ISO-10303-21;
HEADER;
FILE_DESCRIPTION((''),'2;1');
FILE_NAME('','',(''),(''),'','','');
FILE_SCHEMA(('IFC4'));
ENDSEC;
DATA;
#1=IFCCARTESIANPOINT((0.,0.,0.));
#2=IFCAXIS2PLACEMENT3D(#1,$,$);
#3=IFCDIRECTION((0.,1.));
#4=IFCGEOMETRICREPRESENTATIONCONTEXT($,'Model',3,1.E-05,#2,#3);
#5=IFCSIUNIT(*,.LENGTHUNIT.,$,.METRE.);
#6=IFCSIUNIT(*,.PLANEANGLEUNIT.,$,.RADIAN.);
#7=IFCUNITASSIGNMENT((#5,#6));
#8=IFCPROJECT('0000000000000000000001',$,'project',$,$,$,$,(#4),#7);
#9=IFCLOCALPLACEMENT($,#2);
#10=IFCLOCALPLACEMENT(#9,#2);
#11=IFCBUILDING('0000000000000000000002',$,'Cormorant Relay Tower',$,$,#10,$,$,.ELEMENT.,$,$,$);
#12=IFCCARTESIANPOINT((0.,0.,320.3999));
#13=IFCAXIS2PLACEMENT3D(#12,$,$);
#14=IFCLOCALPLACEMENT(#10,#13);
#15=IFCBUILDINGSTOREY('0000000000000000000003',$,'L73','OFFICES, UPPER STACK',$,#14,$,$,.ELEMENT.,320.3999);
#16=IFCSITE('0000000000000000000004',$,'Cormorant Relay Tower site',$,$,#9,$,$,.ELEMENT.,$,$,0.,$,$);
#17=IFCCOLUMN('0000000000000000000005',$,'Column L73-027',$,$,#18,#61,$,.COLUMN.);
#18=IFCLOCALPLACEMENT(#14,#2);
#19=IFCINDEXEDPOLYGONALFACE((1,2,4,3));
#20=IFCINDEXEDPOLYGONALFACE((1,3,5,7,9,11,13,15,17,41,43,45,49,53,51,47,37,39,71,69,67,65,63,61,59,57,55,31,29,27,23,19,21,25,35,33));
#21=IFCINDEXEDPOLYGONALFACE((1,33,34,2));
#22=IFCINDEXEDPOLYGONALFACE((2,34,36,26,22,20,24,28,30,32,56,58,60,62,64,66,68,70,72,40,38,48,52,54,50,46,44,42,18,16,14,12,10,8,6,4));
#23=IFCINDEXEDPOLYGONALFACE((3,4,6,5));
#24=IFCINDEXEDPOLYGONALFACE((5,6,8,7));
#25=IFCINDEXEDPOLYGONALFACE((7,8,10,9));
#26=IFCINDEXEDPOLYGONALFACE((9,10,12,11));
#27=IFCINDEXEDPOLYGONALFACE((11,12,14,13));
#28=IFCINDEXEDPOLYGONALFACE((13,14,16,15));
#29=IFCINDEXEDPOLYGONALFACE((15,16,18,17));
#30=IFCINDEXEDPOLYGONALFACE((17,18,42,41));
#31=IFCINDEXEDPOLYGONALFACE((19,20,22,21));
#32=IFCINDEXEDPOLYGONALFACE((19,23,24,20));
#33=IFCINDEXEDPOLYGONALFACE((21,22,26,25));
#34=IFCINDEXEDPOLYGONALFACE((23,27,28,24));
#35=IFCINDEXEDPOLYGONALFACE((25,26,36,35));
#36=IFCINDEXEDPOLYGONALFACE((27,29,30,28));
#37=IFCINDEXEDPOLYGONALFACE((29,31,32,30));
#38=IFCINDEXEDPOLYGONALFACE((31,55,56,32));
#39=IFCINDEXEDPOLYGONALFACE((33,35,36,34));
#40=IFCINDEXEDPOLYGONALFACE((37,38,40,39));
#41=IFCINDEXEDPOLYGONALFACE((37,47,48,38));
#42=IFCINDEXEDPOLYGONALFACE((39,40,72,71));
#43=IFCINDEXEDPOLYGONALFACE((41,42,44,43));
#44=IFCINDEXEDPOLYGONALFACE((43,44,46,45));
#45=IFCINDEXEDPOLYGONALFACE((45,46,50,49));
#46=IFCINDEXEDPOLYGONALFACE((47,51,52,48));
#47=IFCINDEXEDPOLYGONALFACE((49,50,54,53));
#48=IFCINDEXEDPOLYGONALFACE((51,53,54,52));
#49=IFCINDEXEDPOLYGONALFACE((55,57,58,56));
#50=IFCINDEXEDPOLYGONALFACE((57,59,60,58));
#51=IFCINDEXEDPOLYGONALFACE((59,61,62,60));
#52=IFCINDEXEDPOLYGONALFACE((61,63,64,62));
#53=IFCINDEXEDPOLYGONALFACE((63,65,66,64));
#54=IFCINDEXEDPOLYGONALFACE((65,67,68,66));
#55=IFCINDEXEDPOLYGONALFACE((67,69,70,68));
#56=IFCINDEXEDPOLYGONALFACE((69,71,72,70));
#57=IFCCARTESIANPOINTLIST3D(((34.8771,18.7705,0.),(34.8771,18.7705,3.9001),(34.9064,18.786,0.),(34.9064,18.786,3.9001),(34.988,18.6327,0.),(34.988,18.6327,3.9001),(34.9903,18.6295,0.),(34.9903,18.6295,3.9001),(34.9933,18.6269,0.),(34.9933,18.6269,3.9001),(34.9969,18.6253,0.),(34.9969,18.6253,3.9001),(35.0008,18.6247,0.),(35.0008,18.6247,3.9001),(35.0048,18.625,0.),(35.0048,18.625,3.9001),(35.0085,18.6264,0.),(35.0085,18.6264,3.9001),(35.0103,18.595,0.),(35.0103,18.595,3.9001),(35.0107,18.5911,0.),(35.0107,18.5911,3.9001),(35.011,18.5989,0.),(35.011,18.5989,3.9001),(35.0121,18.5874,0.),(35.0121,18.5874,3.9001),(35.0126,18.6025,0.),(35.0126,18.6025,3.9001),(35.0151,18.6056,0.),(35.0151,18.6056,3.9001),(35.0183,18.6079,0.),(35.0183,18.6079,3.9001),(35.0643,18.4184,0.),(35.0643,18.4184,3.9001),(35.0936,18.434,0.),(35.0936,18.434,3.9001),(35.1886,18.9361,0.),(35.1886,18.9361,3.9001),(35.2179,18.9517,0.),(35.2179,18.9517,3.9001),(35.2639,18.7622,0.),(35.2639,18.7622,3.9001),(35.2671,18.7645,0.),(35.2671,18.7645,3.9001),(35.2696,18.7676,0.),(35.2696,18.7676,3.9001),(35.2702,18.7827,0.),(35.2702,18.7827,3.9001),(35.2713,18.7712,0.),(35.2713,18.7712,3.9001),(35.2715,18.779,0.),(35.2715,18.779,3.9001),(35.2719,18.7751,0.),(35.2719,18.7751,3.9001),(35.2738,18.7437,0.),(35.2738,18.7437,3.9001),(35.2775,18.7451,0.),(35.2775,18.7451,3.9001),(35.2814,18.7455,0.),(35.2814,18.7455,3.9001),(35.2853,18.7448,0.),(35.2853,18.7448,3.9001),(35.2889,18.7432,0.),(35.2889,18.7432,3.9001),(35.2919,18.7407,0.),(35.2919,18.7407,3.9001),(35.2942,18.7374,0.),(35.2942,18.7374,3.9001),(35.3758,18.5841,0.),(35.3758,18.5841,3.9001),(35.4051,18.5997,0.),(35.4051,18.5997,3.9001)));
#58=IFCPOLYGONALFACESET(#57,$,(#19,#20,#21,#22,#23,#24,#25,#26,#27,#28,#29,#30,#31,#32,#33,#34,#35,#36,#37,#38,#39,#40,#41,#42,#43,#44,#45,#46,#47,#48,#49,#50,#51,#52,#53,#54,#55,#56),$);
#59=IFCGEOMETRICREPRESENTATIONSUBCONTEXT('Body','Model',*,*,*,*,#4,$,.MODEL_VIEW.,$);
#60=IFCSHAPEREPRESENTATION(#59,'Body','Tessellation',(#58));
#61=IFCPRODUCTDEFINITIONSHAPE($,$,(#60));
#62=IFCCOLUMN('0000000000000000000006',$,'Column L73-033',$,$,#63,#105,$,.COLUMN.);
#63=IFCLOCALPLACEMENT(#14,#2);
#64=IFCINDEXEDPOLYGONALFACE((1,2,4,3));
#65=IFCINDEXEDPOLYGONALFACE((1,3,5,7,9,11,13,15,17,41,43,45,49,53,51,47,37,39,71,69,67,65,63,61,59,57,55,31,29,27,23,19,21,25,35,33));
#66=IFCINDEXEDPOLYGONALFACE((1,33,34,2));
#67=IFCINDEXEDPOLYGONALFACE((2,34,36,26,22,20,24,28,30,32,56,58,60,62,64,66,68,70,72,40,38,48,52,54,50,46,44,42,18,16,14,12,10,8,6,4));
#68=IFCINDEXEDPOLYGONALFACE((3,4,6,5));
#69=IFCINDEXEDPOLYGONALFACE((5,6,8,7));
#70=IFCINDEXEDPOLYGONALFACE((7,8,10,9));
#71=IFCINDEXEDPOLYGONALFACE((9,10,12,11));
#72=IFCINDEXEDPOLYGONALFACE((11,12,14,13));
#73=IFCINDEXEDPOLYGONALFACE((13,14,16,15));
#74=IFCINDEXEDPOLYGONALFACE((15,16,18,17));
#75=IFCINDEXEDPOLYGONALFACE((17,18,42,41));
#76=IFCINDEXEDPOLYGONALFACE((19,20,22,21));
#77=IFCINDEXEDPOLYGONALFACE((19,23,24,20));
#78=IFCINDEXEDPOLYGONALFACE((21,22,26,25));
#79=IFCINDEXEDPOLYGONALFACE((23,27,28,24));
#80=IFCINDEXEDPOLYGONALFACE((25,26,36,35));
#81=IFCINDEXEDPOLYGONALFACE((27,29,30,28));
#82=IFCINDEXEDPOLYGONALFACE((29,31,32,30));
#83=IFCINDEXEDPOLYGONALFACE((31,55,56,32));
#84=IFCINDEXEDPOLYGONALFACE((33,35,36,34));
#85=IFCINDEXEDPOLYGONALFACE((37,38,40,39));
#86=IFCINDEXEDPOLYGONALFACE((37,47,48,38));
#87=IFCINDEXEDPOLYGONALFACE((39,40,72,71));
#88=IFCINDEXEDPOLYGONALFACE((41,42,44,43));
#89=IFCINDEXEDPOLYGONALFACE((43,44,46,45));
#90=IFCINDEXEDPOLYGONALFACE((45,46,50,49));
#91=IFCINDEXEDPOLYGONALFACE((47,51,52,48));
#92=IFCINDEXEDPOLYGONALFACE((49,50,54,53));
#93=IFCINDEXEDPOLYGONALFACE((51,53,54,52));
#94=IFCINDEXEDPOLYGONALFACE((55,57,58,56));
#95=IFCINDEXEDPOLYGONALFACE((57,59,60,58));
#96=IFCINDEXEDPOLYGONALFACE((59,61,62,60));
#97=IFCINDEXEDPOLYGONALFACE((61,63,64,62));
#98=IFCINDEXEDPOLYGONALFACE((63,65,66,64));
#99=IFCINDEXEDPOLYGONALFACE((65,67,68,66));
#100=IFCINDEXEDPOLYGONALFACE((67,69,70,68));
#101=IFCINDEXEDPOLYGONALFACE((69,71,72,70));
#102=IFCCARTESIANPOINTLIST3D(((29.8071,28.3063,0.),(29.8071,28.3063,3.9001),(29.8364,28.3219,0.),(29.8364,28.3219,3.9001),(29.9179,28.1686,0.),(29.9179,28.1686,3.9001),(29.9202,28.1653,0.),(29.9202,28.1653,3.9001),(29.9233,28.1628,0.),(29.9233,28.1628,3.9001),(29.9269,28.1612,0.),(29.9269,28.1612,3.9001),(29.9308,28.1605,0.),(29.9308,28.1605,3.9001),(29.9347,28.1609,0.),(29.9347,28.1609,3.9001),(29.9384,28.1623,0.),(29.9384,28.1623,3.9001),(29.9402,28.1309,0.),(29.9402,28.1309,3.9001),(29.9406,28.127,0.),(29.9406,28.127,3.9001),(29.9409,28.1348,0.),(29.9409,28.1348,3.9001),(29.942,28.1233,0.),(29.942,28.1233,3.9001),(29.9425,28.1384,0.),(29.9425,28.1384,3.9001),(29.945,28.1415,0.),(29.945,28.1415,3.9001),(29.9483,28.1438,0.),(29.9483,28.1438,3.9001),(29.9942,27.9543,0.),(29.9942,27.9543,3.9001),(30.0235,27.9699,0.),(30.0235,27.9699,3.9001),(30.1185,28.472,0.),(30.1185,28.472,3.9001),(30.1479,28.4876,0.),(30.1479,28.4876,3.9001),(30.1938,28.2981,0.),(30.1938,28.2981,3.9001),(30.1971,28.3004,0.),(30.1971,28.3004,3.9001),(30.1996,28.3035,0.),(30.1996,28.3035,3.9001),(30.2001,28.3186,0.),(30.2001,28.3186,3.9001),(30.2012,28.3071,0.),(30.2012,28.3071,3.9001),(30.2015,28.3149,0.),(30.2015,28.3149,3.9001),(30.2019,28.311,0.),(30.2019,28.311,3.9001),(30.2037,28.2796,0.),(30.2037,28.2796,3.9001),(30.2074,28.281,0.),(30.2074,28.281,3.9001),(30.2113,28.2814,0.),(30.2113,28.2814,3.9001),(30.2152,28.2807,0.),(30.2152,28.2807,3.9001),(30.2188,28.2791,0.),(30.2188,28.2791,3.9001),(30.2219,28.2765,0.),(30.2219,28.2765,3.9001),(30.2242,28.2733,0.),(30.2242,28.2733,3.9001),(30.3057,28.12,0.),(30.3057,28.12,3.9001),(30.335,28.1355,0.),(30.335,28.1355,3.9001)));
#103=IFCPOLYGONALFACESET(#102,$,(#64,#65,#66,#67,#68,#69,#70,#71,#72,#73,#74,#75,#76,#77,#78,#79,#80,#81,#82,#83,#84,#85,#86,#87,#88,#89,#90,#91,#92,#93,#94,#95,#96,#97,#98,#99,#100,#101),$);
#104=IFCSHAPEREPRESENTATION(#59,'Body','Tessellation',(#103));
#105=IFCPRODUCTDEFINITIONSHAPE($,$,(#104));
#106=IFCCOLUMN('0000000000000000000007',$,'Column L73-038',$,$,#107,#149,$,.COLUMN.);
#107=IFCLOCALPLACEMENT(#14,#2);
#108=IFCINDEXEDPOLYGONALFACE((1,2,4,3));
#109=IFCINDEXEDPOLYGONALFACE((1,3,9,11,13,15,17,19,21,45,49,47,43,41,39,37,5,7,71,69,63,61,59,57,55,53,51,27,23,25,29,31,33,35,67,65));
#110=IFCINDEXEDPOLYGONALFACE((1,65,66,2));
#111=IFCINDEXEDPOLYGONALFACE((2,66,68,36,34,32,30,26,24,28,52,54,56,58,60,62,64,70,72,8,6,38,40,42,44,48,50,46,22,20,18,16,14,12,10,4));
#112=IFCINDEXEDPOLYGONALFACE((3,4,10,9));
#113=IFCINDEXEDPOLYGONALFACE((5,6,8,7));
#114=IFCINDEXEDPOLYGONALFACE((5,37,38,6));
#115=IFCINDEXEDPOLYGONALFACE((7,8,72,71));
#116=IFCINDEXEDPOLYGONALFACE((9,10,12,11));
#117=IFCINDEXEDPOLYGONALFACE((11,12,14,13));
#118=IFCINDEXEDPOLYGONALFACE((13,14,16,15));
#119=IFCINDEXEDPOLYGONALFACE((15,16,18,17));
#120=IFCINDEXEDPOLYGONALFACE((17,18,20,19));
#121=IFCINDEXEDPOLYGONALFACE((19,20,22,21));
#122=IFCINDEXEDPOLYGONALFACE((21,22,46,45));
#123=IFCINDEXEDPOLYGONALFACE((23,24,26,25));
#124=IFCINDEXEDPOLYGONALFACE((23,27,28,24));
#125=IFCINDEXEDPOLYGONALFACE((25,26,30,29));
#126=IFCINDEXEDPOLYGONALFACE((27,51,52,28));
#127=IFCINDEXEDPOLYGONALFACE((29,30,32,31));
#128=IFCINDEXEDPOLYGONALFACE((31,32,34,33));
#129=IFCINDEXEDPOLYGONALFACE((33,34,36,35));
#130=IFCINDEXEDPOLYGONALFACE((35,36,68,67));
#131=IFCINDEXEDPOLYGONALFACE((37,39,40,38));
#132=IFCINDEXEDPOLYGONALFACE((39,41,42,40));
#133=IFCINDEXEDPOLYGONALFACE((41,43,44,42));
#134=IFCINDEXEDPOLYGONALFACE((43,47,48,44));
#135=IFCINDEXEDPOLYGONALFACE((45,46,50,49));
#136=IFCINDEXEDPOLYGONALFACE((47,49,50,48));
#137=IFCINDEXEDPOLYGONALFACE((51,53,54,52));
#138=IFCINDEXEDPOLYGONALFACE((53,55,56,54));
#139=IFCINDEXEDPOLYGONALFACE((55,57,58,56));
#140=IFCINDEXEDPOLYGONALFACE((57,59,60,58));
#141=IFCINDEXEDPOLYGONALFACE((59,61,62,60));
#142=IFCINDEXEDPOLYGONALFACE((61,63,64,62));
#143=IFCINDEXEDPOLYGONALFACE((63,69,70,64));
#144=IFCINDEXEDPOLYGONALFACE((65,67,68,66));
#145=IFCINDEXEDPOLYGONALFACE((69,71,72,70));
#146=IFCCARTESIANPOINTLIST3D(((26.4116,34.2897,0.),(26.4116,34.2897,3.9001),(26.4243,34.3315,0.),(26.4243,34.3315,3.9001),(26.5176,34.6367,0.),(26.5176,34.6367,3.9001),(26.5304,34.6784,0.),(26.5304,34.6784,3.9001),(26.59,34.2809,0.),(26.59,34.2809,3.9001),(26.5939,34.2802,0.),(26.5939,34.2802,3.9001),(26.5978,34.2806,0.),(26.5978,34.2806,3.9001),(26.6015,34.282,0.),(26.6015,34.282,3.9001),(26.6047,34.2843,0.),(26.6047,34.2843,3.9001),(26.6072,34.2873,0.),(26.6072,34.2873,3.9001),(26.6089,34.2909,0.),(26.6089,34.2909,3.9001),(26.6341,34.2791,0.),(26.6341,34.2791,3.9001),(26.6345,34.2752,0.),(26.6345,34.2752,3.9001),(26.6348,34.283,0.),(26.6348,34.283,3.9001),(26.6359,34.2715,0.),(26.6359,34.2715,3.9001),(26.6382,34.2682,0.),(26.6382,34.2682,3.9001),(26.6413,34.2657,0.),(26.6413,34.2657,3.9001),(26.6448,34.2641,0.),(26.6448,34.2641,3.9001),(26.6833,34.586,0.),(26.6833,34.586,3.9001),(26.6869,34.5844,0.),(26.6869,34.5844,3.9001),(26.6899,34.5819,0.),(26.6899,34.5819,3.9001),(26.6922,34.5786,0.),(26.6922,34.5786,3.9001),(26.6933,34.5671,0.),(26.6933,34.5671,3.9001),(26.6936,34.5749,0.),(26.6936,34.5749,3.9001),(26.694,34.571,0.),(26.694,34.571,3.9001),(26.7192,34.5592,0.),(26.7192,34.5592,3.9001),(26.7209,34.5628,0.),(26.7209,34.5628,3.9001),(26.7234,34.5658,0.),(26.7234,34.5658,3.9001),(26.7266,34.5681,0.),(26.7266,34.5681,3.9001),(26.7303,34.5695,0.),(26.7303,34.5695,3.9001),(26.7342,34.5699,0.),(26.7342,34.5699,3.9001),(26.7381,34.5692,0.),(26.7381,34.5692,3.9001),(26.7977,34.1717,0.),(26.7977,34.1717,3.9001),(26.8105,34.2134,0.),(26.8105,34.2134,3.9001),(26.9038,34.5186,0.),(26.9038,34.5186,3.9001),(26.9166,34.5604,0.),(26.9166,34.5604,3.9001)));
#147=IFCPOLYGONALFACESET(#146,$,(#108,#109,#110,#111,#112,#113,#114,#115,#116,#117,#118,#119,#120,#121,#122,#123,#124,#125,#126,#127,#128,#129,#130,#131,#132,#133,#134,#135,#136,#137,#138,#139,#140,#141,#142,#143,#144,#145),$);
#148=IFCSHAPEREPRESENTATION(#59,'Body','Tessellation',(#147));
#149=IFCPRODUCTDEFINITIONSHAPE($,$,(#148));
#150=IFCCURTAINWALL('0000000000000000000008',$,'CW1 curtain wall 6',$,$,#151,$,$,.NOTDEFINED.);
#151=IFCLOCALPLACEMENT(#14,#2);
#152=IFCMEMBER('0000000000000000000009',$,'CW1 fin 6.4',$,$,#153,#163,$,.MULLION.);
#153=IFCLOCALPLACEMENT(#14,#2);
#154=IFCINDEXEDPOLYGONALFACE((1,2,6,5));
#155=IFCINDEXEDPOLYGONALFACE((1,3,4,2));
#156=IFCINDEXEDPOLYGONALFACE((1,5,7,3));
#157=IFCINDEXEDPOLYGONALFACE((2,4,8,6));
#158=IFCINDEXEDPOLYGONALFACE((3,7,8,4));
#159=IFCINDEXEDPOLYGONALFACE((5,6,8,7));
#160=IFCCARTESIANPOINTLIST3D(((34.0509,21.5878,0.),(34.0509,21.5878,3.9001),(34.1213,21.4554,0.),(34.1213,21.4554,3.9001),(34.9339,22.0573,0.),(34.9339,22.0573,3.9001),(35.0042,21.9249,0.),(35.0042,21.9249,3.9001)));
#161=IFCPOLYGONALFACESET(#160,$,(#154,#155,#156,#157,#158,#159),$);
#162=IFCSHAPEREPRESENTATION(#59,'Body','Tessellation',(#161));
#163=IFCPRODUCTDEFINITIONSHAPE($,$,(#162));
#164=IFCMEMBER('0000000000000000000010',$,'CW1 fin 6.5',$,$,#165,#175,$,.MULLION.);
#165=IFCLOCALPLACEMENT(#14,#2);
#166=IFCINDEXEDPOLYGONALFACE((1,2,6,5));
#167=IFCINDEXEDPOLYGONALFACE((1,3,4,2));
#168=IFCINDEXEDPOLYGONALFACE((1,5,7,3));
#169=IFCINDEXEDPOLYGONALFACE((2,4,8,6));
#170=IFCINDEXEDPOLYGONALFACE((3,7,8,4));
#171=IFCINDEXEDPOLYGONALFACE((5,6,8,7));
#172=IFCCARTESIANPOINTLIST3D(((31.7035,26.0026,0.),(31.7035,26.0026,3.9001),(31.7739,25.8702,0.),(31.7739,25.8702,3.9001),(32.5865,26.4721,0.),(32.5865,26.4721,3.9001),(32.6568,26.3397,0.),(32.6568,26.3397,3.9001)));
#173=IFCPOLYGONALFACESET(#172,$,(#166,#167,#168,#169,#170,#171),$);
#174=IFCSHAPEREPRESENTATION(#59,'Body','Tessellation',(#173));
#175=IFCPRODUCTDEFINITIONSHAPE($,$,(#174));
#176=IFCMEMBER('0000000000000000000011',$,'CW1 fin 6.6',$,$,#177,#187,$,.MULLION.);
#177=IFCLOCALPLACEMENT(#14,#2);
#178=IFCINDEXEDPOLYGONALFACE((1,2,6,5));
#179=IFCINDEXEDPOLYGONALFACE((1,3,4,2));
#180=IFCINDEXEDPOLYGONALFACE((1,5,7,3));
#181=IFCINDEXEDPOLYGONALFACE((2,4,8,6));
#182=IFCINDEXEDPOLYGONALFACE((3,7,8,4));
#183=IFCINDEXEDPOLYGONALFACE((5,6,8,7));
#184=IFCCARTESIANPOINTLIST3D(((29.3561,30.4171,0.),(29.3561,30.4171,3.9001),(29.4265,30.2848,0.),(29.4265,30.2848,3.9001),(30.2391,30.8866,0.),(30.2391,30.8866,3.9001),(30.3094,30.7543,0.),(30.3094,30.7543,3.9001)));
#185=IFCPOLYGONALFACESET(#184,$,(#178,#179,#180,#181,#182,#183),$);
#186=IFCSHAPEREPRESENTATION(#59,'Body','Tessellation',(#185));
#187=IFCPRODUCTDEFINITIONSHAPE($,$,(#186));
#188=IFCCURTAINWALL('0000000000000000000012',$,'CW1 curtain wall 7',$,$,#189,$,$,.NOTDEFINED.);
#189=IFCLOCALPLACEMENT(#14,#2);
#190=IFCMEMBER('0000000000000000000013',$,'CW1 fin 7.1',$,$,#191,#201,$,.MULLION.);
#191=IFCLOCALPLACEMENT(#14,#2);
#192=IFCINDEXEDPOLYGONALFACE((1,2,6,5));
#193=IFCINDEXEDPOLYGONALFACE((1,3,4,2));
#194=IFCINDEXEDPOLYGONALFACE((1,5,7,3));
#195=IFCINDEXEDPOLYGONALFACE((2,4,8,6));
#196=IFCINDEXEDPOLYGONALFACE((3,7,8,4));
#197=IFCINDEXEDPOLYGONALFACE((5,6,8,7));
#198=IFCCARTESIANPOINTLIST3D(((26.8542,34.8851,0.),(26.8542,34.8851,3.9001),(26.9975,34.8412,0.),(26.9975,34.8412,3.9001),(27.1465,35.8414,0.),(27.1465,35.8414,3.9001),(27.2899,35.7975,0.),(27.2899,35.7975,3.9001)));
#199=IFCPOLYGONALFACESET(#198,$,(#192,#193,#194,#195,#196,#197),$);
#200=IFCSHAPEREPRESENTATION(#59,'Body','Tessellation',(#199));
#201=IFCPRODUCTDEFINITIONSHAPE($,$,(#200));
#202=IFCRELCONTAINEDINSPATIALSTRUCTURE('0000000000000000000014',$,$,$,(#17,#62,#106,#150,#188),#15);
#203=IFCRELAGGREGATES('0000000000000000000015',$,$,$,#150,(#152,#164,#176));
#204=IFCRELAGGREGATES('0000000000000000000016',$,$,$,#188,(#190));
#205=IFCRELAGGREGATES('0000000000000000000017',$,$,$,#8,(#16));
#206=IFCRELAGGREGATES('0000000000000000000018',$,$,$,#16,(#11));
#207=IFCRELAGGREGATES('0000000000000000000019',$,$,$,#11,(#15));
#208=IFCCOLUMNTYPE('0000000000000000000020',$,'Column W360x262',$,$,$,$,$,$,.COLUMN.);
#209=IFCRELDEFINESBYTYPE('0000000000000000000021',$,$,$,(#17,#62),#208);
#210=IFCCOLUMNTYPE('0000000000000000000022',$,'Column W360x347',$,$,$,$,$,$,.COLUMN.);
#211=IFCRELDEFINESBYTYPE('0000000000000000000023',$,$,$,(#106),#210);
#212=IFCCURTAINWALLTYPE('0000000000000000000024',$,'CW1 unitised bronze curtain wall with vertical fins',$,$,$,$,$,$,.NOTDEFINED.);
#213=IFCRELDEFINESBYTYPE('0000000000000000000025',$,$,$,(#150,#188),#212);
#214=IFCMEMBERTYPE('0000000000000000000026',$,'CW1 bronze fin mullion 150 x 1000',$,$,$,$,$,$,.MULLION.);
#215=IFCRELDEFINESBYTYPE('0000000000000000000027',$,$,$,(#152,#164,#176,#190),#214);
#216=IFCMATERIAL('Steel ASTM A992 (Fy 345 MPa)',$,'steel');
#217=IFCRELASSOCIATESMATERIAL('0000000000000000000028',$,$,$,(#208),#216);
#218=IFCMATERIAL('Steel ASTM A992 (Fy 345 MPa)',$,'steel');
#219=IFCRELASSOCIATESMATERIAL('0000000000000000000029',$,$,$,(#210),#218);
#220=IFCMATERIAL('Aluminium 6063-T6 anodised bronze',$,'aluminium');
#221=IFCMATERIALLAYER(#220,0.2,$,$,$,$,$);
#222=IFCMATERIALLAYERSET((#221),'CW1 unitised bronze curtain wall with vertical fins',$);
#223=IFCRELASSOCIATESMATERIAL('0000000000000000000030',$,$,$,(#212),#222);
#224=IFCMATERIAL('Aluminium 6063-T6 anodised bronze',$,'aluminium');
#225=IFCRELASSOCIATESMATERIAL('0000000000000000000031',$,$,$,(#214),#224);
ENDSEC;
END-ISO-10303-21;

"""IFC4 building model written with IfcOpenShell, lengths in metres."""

from ifc_helpers import new_model, si_unit, direction, frame, origin, origin_2d, place, context, subcontext, project, spatial, rectangle, i_section, extrude, material, layer, layer_set, material_profile, profile_set, type_object, element, aggregate, save


model = new_model("IFC4")

# Units and contexts
model_context = context("Model", 3, precision=1e-05, world=origin(), true_north=direction((0.0, 1.0)))
body_context = subcontext(model_context, "Body", "Model", "MODEL_VIEW")
ifc_project = project(units=[si_unit("LENGTHUNIT", "METRE"), si_unit("PLANEANGLEUNIT", "RADIAN")], contexts=[model_context])

# Site, building, storey
site_placement = place(None, origin())
site = spatial("IfcSite", under=ifc_project, at=site_placement, Name="Cormorant Relay Tower site", CompositionType="ELEMENT", RefElevation=0.0)
building_placement = place(site_placement, origin())
building = spatial("IfcBuilding", under=site, at=building_placement, Name="Cormorant Relay Tower", CompositionType="ELEMENT")
storey_placement = place(building_placement, frame((0.0, 0.0, 320.3999)))
storey = spatial("IfcBuildingStorey", under=building, at=storey_placement, Name="L73", Description="OFFICES, UPPER STACK", CompositionType="ELEMENT", Elevation=320.3999)

# Columns
ifc_material_1 = material(Name="Steel ASTM A992 (Fy 345 MPa)", Category="steel")
ifc_material_profile_1 = material_profile(ifc_material_1, i_section(OverallWidth=0.3987, OverallDepth=0.386, WebThickness=0.021, FlangeThickness=0.0332, FilletRadius=0.0151, at=origin_2d()), Name="W360x262")
ifc_profile_set_1 = profile_set([ifc_material_profile_1], Name="Steel ASTM A992 (Fy 345 MPa)")
column_type_1 = type_object("IfcColumnType", Name="Column W360x262", PredefinedType="COLUMN", material=ifc_profile_set_1)
for number, where, z_axis, x_axis, name in (
    (1, (35.1411, 18.6851, 0.0), (0.0, 0.0, 1.0), (-0.469472, 0.882948, 0.0), "Column L73-027"),
    (2, (30.071, 28.2209, 0.0), (0.0, 0.0, 1.0), (-0.469472, 0.882948, 0.0), "Column L73-033"),
):
    element("IfcColumn", number, at=place(storey_placement, frame(where, z_axis=z_axis, x_axis=x_axis)), inside=storey, type_object=column_type_1, Name=name, PredefinedType="COLUMN", context=body_context, shape_type="SweptSolid", body=[
        extrude(i_section(OverallWidth=0.3987, OverallDepth=0.386, WebThickness=0.021, FlangeThickness=0.0332, FilletRadius=0.0151, at=origin_2d()), origin(), (0.0, 0.0, 1.0), 3.9001),
    ])
ifc_material_2 = material(Name="Steel ASTM A992 (Fy 345 MPa)", Category="steel")
ifc_material_profile_2 = material_profile(ifc_material_2, i_section(OverallWidth=0.4038, OverallDepth=0.4065, WebThickness=0.0271, FlangeThickness=0.0437, FilletRadius=0.0151, at=origin_2d()), Name="W360x347")
ifc_profile_set_2 = profile_set([ifc_material_profile_2], Name="Steel ASTM A992 (Fy 345 MPa)")
column_type_2 = type_object("IfcColumnType", Name="Column W360x347", PredefinedType="COLUMN", material=ifc_profile_set_2)
column_placement = place(storey_placement, frame((26.6641, 34.425, 0.0), z_axis=(0.0, 0.0, 1.0), x_axis=(-0.956305, 0.292372, 0.0)))
element("IfcColumn", 3, at=column_placement, inside=storey, type_object=column_type_2, Name="Column L73-038", PredefinedType="COLUMN", context=body_context, shape_type="SweptSolid", body=[
    extrude(i_section(OverallWidth=0.4038, OverallDepth=0.4065, WebThickness=0.0271, FlangeThickness=0.0437, FilletRadius=0.0151, at=origin_2d()), origin(), (0.0, 0.0, 1.0), 3.9001),
])

# Curtain walls, members
ifc_material_3 = material(Name="Aluminium 6063-T6 anodised bronze", Category="aluminium")
ifc_layer_1 = layer(ifc_material_3, 0.2)
ifc_layer_set_1 = layer_set([ifc_layer_1], Name="CW1 unitised bronze curtain wall with vertical fins")
curtain_wall_type = type_object("IfcCurtainWallType", Name="CW1 unitised bronze curtain wall with vertical fins", PredefinedType="NOTDEFINED", material=ifc_layer_set_1)
curtain_wall_1_placement = place(storey_placement, origin())
curtain_wall_1 = element("IfcCurtainWall", 4, at=curtain_wall_1_placement, inside=storey, type_object=curtain_wall_type, Name="CW1 curtain wall 6", PredefinedType="NOTDEFINED")
ifc_material_4 = material(Name="Aluminium 6063-T6 anodised bronze", Category="aluminium")
ifc_material_profile_3 = material_profile(ifc_material_4, rectangle(XDim=0.1499, YDim=1.0, at=origin_2d()), Name="AL 150x1000")
ifc_profile_set_3 = profile_set([ifc_material_profile_3], Name="Aluminium 6063-T6 anodised bronze")
member_type_1 = type_object("IfcMemberType", Name="CW1 bronze fin mullion 150 x 1000", PredefinedType="MULLION", material=ifc_profile_set_3)
member_1_placement = place(storey_placement, frame((34.5276, 21.7563, 0.0), z_axis=(0.0, 0.0, 1.0), x_axis=(-0.469472, 0.882948, 0.0)))
member_1 = element("IfcMember", 5, at=member_1_placement, type_object=member_type_1, Name="CW1 fin 6.4", PredefinedType="MULLION", context=body_context, shape_type="SweptSolid", body=[
    extrude(rectangle(XDim=0.1499, YDim=1.0, at=origin_2d()), origin(), (0.0, 0.0, 1.0), 3.9001),
])
member_2_placement = place(storey_placement, frame((32.1802, 26.1711, 0.0), z_axis=(0.0, 0.0, 1.0), x_axis=(-0.469472, 0.882948, 0.0)))
member_2 = element("IfcMember", 6, at=member_2_placement, type_object=member_type_1, Name="CW1 fin 6.5", PredefinedType="MULLION", context=body_context, shape_type="SweptSolid", body=[
    extrude(rectangle(XDim=0.1499, YDim=1.0, at=origin_2d()), origin(), (0.0, 0.0, 1.0), 3.9001),
])
member_3_placement = place(storey_placement, frame((29.8328, 30.5857, 0.0), z_axis=(0.0, 0.0, 1.0), x_axis=(-0.469472, 0.882948, 0.0)))
member_3 = element("IfcMember", 7, at=member_3_placement, type_object=member_type_1, Name="CW1 fin 6.6", PredefinedType="MULLION", context=body_context, shape_type="SweptSolid", body=[
    extrude(rectangle(XDim=0.1499, YDim=1.0, at=origin_2d()), origin(), (0.0, 0.0, 1.0), 3.9001),
])
curtain_wall_2_placement = place(storey_placement, origin())
curtain_wall_2 = element("IfcCurtainWall", 8, at=curtain_wall_2_placement, inside=storey, type_object=curtain_wall_type, Name="CW1 curtain wall 7", PredefinedType="NOTDEFINED")
member_4_placement = place(storey_placement, frame((27.072, 35.3413, 0.0), z_axis=(0.0, 0.0, 1.0), x_axis=(-0.956305, 0.292372, 0.0)))
member_4 = element("IfcMember", 9, at=member_4_placement, type_object=member_type_1, Name="CW1 fin 7.1", PredefinedType="MULLION", context=body_context, shape_type="SweptSolid", body=[
    extrude(rectangle(XDim=0.1499, YDim=1.0, at=origin_2d()), origin(), (0.0, 0.0, 1.0), 3.9001),
])

aggregate(curtain_wall_1, [member_1, member_2, member_3])
aggregate(curtain_wall_2, [member_4])

save(model, "model.ifc")
